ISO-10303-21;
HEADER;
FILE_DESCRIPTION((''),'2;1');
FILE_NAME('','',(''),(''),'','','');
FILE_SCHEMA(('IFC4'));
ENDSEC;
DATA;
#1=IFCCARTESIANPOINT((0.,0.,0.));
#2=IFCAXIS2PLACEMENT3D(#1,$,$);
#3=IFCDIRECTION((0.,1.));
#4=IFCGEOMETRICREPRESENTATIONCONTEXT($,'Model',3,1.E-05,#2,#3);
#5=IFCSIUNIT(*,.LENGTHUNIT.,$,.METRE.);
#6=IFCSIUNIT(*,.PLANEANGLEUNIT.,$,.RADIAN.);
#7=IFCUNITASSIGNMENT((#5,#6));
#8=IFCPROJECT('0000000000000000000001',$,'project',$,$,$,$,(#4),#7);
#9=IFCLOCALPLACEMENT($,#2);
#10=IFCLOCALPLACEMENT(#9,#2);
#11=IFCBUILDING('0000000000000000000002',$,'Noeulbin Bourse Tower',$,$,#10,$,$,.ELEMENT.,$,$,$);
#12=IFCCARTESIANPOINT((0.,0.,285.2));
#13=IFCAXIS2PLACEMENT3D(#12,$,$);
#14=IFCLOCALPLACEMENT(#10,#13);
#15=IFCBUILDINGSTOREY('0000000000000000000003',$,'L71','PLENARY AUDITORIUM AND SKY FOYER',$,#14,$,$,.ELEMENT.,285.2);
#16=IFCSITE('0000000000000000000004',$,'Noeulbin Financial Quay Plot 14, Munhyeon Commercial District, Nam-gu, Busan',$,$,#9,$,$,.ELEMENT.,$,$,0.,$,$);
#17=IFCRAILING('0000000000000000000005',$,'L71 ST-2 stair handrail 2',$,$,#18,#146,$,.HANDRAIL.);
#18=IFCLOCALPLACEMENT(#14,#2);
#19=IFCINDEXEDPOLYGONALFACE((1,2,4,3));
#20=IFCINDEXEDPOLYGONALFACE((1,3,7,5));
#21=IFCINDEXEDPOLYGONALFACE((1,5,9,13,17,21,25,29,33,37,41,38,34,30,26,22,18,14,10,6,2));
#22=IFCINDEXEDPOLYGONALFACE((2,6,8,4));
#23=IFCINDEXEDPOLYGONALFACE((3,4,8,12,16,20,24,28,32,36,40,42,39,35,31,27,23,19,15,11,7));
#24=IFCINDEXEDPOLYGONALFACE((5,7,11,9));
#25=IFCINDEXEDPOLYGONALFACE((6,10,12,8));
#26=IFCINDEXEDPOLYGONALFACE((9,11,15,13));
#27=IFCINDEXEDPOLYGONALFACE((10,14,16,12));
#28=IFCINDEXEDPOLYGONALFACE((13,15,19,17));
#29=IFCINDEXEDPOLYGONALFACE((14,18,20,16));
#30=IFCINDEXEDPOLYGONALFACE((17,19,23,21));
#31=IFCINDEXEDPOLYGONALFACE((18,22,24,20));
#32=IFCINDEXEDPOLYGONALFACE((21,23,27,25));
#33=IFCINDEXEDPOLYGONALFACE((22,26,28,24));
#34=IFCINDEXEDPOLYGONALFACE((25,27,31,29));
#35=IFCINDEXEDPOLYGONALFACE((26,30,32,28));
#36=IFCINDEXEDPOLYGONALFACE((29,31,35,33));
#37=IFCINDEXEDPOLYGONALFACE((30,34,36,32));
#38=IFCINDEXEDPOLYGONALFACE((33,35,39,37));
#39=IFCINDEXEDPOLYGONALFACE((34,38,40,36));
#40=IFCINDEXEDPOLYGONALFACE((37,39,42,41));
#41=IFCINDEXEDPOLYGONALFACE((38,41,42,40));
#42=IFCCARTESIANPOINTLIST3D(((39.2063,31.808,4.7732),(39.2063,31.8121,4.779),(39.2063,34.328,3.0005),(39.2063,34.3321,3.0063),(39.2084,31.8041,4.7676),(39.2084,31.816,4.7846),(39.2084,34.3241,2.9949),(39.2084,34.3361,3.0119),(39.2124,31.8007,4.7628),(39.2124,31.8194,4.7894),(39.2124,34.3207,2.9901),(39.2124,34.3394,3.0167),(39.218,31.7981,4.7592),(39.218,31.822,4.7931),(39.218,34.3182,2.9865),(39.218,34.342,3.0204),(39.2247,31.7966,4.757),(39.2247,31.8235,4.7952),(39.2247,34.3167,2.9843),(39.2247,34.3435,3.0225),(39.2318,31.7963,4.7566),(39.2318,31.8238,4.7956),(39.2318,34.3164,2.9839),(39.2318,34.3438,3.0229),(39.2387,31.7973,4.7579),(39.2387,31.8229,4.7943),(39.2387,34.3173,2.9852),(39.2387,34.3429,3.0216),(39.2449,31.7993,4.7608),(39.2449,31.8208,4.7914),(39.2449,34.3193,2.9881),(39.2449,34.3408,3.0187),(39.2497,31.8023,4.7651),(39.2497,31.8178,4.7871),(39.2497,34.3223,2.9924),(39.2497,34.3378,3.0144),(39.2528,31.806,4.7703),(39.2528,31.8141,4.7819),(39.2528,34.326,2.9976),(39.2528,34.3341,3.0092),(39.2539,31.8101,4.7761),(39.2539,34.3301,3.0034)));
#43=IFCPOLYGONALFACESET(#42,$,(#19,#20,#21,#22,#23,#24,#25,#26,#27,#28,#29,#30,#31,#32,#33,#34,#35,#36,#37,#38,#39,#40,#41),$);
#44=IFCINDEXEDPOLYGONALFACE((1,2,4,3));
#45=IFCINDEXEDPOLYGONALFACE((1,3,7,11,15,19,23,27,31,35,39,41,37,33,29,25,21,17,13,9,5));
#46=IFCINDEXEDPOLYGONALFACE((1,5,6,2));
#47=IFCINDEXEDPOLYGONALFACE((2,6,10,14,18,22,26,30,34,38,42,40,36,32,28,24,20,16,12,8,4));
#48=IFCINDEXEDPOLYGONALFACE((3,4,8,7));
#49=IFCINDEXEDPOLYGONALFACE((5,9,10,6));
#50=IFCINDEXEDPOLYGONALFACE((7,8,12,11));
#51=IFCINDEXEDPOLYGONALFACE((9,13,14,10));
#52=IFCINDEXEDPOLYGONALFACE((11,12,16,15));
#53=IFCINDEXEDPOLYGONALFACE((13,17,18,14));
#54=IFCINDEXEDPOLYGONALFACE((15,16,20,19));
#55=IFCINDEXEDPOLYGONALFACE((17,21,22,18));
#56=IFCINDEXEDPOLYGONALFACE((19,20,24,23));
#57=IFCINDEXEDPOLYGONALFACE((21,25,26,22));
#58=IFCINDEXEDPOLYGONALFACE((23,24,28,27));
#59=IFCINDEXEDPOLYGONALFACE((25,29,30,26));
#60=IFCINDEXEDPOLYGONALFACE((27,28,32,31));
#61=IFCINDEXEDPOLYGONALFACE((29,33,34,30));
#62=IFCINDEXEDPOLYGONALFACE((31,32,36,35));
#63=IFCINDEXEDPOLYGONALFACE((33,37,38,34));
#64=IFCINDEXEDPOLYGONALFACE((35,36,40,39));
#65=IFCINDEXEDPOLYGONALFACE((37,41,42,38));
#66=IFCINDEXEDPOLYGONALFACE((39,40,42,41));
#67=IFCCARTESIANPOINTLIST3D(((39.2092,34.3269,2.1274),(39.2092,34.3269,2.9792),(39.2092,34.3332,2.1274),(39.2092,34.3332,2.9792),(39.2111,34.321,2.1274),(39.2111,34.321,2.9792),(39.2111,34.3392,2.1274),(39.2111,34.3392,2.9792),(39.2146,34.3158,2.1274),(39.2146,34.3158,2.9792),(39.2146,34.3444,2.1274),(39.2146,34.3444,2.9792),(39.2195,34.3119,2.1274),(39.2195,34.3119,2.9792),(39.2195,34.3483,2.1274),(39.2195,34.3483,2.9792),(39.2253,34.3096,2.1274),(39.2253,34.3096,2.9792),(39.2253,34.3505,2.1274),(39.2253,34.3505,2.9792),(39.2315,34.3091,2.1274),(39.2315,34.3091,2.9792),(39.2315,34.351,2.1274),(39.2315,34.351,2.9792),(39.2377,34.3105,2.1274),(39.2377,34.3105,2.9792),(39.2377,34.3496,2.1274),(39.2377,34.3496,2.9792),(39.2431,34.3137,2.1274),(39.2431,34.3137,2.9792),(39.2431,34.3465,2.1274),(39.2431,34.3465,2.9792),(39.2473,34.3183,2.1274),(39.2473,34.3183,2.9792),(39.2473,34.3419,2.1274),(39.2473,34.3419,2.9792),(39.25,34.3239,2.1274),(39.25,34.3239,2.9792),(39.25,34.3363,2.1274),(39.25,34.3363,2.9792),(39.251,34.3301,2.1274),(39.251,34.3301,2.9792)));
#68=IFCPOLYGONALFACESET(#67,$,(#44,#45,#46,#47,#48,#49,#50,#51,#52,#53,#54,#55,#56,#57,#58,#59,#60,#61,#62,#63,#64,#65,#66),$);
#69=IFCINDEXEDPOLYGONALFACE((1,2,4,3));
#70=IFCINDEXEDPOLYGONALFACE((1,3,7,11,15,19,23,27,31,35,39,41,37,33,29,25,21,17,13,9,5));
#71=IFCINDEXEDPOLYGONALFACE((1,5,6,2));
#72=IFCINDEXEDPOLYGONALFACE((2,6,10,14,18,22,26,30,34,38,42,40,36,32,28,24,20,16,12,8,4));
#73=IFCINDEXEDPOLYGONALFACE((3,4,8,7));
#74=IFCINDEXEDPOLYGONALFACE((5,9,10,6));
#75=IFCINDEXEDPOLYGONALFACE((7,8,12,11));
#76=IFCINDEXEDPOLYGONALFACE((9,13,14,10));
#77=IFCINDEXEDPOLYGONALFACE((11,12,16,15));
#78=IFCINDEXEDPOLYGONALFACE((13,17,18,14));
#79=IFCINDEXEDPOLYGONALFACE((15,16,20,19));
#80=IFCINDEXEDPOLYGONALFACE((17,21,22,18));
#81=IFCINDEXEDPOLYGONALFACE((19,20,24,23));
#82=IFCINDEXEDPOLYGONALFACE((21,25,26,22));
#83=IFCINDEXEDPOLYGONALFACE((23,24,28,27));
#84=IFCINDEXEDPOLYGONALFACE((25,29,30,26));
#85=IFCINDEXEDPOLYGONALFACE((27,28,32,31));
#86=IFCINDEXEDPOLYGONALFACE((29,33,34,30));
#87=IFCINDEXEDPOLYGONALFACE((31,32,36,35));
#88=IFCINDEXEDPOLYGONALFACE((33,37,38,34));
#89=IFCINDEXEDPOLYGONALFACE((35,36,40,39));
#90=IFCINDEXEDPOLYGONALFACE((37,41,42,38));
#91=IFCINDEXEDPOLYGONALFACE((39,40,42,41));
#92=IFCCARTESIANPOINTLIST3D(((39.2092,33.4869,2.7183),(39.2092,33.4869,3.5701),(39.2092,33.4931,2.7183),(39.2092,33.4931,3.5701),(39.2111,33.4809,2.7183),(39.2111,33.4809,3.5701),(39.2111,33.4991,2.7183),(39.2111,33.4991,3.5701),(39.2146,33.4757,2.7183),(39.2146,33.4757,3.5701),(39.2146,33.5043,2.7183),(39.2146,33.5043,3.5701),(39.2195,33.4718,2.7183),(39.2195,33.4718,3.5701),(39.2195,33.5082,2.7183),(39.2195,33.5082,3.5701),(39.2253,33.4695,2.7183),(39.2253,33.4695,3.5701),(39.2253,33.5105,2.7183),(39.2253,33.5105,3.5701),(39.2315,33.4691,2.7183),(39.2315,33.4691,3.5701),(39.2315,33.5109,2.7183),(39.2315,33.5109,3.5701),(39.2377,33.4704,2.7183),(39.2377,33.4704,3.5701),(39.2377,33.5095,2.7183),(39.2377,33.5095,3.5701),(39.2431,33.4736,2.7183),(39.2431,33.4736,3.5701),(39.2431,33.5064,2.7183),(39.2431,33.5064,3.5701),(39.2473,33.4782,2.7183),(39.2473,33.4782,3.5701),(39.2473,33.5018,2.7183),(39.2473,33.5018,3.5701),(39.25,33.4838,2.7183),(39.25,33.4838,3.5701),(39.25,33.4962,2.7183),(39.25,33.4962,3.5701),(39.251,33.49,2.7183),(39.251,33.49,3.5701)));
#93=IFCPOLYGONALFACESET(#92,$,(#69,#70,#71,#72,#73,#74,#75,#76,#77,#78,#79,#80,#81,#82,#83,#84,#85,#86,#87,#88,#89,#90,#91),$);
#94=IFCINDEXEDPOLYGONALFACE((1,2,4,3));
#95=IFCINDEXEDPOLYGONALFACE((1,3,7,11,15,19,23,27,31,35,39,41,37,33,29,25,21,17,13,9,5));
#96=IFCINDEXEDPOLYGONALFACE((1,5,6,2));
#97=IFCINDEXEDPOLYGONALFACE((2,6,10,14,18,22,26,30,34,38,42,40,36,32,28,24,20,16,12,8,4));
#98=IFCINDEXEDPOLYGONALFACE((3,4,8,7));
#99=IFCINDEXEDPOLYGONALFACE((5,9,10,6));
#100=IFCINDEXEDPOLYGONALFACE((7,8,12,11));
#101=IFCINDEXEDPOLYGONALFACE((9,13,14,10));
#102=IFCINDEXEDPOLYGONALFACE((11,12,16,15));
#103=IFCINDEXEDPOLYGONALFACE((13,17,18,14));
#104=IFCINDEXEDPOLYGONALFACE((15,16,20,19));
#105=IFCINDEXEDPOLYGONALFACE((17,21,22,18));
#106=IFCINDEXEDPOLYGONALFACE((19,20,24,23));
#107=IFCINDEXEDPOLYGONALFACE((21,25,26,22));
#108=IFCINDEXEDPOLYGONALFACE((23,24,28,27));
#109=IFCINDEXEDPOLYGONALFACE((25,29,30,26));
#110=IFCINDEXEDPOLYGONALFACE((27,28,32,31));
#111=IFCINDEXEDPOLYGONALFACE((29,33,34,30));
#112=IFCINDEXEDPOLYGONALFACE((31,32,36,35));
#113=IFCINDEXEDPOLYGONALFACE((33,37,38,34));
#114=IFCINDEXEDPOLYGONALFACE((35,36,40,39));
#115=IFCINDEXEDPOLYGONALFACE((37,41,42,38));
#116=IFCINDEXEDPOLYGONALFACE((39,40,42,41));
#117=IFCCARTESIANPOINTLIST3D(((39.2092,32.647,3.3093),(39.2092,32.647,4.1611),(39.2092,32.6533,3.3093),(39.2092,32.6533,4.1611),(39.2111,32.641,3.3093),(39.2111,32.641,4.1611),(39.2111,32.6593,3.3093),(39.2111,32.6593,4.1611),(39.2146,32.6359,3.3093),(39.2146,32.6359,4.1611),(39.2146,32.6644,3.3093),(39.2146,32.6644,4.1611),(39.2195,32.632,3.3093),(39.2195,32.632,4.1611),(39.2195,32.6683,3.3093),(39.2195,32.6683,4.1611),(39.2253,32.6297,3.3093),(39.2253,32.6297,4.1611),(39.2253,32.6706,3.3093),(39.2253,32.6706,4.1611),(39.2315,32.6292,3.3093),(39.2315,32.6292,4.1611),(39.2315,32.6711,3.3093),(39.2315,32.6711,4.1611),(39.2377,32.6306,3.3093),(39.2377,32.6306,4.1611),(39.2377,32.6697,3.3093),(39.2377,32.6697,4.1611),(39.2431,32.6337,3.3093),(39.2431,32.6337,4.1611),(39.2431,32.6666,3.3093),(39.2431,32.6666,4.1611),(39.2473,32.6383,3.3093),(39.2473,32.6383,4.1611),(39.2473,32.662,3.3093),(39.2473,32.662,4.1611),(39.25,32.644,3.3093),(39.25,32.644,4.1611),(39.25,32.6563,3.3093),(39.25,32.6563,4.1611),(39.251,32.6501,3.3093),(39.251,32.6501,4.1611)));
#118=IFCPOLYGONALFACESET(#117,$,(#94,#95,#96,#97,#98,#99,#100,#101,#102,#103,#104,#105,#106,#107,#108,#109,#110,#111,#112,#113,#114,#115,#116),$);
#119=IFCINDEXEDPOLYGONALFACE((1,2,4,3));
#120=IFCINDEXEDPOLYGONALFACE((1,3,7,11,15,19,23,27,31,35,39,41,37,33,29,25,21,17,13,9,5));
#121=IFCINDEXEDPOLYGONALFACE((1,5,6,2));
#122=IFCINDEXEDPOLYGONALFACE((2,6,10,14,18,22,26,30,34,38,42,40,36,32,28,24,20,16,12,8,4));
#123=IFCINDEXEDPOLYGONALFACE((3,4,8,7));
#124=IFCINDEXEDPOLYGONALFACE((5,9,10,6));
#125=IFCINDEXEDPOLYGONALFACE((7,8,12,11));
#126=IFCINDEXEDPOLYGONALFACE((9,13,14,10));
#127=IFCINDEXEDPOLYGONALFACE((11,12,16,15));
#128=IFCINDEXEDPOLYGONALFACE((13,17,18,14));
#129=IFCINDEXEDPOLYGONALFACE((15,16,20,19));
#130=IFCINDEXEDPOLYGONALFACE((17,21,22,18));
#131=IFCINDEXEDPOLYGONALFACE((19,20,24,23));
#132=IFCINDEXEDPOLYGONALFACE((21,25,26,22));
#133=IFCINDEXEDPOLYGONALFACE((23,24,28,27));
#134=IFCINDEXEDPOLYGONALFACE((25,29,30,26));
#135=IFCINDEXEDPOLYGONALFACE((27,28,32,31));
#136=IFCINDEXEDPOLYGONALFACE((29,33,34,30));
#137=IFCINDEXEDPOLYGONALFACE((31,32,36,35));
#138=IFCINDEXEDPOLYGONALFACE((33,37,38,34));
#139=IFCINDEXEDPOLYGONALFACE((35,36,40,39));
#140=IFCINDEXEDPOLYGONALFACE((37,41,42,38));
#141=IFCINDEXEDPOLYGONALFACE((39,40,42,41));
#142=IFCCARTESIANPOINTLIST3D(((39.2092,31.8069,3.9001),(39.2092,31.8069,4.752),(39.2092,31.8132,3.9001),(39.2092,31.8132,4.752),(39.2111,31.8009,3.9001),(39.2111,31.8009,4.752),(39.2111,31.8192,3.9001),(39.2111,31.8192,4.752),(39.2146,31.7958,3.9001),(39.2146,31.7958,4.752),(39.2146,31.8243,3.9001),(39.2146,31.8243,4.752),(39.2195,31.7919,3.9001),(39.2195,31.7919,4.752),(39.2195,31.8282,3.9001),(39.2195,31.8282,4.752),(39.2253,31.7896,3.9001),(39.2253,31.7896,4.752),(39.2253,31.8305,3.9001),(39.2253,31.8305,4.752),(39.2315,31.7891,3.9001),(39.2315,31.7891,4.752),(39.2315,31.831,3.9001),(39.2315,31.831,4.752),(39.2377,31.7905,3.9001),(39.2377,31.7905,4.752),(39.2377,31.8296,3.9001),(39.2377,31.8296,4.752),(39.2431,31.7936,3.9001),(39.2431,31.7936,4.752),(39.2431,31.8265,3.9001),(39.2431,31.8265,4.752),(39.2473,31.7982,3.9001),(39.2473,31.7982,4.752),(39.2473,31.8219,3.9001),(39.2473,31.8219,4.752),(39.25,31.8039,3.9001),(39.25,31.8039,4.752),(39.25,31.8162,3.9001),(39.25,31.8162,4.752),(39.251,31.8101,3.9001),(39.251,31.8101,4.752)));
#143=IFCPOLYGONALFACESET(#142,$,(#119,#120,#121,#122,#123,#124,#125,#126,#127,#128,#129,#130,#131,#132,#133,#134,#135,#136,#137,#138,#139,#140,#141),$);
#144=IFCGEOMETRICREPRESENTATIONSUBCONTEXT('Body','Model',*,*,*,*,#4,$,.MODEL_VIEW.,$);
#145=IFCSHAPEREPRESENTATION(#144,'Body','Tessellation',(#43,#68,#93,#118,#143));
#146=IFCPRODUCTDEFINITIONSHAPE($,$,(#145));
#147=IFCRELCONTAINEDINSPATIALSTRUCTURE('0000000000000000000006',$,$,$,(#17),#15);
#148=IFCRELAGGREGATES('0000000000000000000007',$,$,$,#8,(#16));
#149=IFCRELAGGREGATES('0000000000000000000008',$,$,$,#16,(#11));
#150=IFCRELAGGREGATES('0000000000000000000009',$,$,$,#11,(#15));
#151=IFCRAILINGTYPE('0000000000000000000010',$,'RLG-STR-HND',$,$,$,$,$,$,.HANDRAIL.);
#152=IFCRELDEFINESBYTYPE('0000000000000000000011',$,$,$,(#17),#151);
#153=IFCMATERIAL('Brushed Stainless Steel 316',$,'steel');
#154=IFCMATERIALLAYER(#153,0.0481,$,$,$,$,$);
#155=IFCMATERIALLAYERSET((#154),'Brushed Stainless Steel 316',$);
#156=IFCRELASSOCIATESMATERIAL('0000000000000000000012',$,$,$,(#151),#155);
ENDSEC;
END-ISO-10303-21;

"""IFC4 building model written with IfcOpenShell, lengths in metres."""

from ifc_helpers import new_model, si_unit, direction, frame, origin, origin_2d, place, context, subcontext, project, spatial, circle, extrude, material, layer, layer_set, type_object, element, save


model = new_model("IFC4")

# Units and contexts
model_context = context("Model", 3, precision=1e-05, world=origin(), true_north=direction((0.0, 1.0)))
body_context = subcontext(model_context, "Body", "Model", "MODEL_VIEW")
ifc_project = project(units=[si_unit("LENGTHUNIT", "METRE"), si_unit("PLANEANGLEUNIT", "RADIAN")], contexts=[model_context])

# Site, building, storey
site_placement = place(None, origin())
site = spatial("IfcSite", under=ifc_project, at=site_placement, Name="Noeulbin Financial Quay Plot 14, Munhyeon Commercial District, Nam-gu, Busan", CompositionType="ELEMENT", RefElevation=0.0)
building_placement = place(site_placement, origin())
building = spatial("IfcBuilding", under=site, at=building_placement, Name="Noeulbin Bourse Tower", CompositionType="ELEMENT")
storey_placement = place(building_placement, frame((0.0, 0.0, 285.2)))
storey = spatial("IfcBuildingStorey", under=building, at=storey_placement, Name="L71", Description="PLENARY AUDITORIUM AND SKY FOYER", CompositionType="ELEMENT", Elevation=285.2)

# Shared definitions
ifc_material_1 = material(Name="Brushed Stainless Steel 316", Category="steel")

# Railing
ifc_layer_1 = layer(ifc_material_1, 0.0481)
ifc_layer_set_1 = layer_set([ifc_layer_1], Name="Brushed Stainless Steel 316")
railing_type_1 = type_object("IfcRailingType", Name="RLG-STR-HND", PredefinedType="HANDRAIL", material=ifc_layer_set_1)
railing_1_placement = place(storey_placement, frame((39.23, 34.3301, 2.1274)))
element("IfcRailing", 1, at=railing_1_placement, inside=storey, type_object=railing_type_1, Name="L71 ST-2 stair handrail 2", PredefinedType="HANDRAIL", context=body_context, shape_type="SweptSolid", body=[
    extrude(circle(Radius=0.0239, at=origin_2d()), frame((0.0, 0.0, 0.876), z_axis=(0.0, -0.817904, 0.575354), x_axis=(1.0, 0.0, 0.0)), (0.0, 0.0, 1.0), 3.0811),
    extrude(circle(Radius=0.021, at=origin_2d()), origin(), (0.0, 0.0, 1.0), 0.8518),
    extrude(circle(Radius=0.021, at=origin_2d()), frame((0.0, -0.8401, 0.5908)), (0.0, 0.0, 1.0), 0.8518),
    extrude(circle(Radius=0.021, at=origin_2d()), frame((0.0, -1.6799, 1.1819)), (0.0, 0.0, 1.0), 0.8518),
    extrude(circle(Radius=0.021, at=origin_2d()), frame((0.0, -2.52, 1.7727)), (0.0, 0.0, 1.0), 0.8518),
])

save(model, "model.ifc")
